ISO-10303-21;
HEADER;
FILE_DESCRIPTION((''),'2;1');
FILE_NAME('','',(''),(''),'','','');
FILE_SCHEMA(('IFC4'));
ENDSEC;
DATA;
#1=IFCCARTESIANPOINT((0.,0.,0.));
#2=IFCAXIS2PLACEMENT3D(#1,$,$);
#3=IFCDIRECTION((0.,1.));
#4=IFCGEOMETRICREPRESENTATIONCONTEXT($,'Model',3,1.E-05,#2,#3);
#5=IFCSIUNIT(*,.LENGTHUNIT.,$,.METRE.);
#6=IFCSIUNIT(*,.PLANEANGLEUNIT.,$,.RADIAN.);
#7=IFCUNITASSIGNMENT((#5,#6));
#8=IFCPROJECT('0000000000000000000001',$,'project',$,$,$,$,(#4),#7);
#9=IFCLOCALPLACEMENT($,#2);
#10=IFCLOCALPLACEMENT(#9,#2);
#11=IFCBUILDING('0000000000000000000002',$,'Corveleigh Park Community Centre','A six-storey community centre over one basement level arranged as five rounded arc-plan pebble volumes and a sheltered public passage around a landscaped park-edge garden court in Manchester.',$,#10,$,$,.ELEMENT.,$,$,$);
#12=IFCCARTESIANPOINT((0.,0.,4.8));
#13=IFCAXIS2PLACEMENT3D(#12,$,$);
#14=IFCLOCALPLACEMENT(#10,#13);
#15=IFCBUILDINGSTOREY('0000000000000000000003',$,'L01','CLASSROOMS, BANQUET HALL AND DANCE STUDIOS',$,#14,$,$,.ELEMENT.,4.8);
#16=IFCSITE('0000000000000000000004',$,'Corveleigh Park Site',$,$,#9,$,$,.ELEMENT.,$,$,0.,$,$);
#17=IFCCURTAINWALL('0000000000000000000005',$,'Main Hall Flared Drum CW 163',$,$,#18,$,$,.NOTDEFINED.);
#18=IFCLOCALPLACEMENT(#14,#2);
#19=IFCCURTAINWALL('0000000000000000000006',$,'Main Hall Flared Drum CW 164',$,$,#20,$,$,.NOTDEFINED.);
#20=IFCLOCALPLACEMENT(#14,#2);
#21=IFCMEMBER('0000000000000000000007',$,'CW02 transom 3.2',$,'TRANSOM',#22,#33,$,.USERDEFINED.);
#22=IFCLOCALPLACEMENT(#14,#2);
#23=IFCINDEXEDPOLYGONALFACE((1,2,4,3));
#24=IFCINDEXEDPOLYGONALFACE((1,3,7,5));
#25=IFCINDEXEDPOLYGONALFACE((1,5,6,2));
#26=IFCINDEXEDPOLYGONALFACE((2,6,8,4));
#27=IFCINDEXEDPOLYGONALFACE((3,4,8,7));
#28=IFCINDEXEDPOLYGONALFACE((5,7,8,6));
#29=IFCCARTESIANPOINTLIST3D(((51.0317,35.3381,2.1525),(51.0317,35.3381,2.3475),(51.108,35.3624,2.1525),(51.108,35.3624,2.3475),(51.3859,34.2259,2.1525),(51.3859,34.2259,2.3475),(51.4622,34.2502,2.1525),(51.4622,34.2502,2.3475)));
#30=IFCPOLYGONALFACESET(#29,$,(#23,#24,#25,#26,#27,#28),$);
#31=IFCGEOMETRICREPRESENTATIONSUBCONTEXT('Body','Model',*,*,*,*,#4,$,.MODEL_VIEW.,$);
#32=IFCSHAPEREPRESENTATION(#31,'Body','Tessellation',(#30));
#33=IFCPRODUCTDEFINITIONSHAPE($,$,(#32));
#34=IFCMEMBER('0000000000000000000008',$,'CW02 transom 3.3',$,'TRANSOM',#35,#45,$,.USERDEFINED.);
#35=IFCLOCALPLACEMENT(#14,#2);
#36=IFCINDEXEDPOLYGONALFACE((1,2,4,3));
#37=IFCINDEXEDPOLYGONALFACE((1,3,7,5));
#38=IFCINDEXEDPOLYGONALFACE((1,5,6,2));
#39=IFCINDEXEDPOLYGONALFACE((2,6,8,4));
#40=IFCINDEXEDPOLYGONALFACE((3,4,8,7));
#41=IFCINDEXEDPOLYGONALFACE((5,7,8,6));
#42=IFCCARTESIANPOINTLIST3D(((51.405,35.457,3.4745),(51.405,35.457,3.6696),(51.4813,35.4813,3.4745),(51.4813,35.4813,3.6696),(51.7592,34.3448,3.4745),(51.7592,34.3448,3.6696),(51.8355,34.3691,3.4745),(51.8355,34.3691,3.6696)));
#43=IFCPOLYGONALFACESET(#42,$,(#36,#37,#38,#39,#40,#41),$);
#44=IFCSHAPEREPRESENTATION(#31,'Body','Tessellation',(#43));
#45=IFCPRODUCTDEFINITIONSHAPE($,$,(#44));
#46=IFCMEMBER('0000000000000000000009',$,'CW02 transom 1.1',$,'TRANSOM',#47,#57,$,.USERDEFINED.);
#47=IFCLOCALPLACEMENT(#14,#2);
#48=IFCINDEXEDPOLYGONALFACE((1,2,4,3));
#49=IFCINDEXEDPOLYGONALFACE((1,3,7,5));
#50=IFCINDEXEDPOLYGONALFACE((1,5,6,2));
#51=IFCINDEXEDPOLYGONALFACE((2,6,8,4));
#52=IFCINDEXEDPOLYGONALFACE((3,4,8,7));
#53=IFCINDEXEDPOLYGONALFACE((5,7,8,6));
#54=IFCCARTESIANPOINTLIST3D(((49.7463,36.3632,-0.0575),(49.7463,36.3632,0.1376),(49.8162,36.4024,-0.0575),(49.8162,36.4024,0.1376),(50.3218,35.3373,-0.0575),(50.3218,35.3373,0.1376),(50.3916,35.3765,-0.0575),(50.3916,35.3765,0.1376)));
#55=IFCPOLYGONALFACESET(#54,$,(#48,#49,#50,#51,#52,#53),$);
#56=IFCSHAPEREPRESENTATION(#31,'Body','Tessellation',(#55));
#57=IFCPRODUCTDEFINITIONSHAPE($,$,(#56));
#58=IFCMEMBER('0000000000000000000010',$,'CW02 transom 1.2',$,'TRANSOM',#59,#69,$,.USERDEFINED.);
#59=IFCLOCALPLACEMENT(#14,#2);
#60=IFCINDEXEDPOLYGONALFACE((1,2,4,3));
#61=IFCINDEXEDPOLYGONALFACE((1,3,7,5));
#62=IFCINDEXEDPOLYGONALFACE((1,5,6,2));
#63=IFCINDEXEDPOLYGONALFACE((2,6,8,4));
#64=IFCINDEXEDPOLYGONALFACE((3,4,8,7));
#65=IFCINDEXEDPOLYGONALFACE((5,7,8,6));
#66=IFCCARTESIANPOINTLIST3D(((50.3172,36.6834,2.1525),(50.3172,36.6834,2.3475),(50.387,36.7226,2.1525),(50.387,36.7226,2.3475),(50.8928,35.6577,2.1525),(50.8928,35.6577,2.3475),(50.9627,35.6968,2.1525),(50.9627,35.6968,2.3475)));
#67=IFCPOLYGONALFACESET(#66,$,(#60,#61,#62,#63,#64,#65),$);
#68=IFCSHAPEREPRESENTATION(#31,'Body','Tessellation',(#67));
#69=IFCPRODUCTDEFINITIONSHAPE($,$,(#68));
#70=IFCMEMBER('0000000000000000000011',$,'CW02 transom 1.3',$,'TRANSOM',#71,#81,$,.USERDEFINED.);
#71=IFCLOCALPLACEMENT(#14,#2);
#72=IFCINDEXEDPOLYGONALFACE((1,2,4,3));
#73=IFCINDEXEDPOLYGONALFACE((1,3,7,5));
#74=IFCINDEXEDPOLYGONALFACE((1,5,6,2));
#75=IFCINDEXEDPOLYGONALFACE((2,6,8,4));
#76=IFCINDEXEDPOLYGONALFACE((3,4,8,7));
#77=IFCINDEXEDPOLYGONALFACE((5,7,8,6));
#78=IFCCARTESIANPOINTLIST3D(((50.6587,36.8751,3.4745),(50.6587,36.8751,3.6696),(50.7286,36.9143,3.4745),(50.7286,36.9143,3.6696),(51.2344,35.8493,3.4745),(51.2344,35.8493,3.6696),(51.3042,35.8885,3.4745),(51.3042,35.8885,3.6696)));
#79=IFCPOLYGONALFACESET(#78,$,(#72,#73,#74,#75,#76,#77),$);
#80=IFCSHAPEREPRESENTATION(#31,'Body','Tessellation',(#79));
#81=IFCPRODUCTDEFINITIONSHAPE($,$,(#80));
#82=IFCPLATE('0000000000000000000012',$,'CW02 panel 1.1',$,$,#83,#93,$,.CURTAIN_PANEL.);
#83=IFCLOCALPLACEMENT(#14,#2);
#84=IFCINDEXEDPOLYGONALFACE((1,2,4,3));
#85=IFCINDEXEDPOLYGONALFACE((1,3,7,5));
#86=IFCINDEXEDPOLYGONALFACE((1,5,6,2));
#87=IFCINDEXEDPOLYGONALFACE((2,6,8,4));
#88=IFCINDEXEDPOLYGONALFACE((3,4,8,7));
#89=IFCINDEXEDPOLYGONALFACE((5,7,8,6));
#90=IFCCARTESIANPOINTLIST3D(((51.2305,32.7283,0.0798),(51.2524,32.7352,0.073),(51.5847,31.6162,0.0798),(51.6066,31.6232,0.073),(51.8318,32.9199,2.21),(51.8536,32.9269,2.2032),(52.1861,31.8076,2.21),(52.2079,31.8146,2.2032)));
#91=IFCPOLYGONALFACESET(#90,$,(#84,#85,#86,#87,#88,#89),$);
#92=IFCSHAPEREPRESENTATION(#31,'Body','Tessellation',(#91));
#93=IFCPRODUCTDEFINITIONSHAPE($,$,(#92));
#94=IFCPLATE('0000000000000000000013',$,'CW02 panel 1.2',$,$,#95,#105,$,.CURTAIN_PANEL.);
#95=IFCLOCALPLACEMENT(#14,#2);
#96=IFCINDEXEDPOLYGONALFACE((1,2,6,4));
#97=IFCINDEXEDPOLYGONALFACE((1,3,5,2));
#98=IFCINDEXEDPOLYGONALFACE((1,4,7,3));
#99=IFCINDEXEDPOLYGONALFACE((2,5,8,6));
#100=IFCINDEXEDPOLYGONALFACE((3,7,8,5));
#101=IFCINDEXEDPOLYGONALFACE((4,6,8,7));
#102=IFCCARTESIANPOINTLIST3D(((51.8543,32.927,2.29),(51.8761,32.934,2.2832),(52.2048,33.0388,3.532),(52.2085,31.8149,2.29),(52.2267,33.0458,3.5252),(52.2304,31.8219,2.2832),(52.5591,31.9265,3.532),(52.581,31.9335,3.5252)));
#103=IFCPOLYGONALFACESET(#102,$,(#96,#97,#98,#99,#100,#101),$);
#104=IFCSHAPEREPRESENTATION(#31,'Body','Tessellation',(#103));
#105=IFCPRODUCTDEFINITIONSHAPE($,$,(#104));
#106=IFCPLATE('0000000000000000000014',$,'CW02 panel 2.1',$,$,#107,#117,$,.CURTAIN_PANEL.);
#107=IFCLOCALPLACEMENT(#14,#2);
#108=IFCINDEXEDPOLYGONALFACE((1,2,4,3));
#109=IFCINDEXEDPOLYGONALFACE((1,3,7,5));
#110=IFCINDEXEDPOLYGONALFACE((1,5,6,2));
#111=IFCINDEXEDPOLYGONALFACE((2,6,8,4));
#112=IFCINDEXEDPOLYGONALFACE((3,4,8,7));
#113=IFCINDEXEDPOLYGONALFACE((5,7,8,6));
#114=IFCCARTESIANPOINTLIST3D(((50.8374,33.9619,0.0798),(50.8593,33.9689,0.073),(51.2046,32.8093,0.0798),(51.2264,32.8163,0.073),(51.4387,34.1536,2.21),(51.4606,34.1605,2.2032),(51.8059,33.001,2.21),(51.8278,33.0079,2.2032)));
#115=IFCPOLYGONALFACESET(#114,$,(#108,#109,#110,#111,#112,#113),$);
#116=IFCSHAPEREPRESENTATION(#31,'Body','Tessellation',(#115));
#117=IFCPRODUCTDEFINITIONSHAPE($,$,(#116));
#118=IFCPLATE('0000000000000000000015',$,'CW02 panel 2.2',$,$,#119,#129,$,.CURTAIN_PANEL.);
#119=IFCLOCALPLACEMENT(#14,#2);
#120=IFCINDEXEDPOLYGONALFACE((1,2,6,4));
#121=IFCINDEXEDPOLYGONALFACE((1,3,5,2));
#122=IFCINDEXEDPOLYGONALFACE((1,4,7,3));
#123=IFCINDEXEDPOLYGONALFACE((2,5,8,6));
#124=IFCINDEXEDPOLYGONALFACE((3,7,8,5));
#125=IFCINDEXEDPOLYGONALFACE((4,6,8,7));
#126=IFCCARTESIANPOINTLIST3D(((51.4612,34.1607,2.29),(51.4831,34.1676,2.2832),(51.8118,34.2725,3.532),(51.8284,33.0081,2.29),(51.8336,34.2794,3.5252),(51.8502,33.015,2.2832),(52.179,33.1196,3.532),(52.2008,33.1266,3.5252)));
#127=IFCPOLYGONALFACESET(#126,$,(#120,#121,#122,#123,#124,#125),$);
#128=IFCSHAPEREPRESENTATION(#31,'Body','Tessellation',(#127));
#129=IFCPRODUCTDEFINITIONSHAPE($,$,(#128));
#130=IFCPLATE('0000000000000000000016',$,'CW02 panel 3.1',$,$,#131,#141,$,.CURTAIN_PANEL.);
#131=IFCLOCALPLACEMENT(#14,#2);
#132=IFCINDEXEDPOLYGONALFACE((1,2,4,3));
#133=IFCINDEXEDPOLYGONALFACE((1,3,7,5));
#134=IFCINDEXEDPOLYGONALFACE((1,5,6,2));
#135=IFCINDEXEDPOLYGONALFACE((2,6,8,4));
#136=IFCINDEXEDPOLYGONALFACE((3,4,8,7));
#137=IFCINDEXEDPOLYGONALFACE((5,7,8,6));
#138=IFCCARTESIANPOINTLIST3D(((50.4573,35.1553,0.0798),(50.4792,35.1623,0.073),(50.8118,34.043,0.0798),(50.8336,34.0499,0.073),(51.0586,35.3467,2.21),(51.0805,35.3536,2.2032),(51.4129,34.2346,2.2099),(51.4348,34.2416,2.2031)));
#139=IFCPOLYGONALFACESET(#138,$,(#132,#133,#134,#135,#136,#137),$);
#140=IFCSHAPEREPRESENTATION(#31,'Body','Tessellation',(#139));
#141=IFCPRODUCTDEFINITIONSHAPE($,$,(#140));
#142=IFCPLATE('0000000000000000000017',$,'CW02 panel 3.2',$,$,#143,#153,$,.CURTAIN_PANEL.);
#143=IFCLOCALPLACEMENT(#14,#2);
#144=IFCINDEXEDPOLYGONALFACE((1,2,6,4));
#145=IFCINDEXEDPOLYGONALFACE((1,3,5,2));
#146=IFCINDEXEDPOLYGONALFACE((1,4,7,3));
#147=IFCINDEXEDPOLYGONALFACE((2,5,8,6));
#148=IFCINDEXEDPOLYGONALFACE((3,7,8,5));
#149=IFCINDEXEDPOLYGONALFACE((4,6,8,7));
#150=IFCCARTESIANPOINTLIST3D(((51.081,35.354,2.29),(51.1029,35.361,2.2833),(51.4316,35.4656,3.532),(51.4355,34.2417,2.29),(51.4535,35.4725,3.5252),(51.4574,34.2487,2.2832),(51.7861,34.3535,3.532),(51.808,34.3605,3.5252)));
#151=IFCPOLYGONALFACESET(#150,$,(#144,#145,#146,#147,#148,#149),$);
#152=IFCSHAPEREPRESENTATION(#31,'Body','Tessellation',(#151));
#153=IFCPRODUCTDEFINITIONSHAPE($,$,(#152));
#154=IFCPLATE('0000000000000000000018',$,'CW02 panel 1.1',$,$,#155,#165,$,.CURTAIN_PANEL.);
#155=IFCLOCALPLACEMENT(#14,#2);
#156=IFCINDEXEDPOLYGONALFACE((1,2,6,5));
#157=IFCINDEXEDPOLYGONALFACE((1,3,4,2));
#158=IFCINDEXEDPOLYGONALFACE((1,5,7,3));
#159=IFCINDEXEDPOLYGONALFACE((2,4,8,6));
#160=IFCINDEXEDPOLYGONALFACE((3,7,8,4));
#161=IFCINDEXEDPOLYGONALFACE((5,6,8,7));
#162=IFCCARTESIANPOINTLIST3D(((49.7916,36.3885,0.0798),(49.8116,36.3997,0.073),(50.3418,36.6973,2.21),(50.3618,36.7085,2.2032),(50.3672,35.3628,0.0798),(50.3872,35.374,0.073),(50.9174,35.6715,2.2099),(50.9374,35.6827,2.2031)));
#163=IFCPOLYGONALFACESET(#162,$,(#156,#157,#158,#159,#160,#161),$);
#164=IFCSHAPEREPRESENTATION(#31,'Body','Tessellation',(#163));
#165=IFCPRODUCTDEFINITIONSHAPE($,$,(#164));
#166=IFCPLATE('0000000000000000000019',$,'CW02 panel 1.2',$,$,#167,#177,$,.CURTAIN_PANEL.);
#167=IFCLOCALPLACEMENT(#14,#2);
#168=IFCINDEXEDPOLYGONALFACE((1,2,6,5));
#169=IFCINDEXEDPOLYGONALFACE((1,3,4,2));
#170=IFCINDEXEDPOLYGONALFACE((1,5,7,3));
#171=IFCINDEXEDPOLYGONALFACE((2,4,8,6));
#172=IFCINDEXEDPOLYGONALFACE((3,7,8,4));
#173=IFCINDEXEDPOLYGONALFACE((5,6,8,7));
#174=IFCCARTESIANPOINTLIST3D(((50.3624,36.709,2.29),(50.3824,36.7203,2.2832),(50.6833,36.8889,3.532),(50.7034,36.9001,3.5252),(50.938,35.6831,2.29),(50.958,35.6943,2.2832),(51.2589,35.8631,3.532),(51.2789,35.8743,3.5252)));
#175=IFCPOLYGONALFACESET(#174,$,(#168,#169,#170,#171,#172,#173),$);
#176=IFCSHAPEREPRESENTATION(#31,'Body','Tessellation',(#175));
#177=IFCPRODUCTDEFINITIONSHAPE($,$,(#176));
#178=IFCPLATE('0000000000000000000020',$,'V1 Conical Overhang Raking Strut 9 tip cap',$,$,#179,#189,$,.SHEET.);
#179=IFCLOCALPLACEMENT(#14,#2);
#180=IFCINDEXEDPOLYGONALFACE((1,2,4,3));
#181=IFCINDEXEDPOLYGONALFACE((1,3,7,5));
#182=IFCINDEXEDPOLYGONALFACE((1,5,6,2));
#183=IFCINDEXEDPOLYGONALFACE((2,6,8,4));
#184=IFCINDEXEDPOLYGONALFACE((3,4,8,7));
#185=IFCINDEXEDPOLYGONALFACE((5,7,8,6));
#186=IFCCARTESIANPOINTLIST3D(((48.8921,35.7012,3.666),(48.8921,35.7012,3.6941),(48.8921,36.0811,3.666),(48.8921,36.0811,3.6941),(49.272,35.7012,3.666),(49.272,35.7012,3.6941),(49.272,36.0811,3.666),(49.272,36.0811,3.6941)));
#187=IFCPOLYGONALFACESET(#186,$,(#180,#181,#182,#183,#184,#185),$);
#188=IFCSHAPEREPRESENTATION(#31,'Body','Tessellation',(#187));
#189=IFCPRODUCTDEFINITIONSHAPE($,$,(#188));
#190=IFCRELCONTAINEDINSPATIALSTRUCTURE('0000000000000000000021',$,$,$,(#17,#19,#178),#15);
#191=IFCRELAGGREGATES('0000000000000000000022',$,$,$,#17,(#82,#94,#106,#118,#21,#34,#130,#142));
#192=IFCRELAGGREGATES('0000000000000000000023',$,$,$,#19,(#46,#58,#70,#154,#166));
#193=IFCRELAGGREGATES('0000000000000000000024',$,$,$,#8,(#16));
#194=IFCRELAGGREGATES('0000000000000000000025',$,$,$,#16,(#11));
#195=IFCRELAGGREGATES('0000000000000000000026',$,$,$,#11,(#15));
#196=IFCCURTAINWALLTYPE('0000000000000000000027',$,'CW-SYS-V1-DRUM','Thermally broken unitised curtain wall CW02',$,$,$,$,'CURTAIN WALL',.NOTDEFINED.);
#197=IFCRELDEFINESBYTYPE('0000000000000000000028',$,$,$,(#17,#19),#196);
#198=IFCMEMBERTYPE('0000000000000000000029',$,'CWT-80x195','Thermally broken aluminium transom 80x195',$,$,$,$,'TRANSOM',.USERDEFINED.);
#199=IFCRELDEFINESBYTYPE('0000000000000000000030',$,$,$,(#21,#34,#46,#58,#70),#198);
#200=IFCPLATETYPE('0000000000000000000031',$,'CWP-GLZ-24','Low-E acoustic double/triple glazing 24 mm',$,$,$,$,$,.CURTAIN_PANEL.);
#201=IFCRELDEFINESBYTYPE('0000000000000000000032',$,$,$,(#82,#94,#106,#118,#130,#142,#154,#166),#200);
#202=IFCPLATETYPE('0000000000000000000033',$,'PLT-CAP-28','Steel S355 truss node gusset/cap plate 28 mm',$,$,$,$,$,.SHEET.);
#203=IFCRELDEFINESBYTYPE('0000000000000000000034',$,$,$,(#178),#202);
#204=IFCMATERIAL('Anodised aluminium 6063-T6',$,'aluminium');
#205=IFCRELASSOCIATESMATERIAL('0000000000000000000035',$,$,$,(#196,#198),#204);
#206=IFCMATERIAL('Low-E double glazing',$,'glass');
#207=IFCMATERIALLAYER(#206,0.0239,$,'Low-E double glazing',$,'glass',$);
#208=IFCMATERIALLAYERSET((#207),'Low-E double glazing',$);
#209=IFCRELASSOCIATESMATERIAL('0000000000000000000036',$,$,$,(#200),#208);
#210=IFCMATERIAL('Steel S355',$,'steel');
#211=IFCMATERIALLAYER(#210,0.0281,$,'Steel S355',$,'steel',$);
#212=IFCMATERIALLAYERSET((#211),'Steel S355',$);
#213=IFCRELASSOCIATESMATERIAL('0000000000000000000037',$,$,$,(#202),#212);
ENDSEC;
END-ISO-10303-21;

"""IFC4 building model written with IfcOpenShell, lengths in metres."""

from ifc_helpers import new_model, si_unit, direction, frame, origin, origin_2d, place, context, subcontext, project, spatial, polyline, rectangle, outline, extrude, material, layer, layer_set, material_profile, profile_set, type_object, element, aggregate, save


model = new_model("IFC4")

# Units and contexts
model_context = context("Model", 3, precision=1e-05, world=origin(), true_north=direction((0.0, 1.0)))
body_context = subcontext(model_context, "Body", "Model", "MODEL_VIEW")
ifc_project = project(units=[si_unit("LENGTHUNIT", "METRE"), si_unit("PLANEANGLEUNIT", "RADIAN")], contexts=[model_context])

# Site, building, storey
site_placement = place(None, origin())
site = spatial("IfcSite", under=ifc_project, at=site_placement, Name="Corveleigh Park Site", CompositionType="ELEMENT", RefElevation=0.0)
building_placement = place(site_placement, origin())
building = spatial("IfcBuilding", under=site, at=building_placement, Name="Corveleigh Park Community Centre", Description="A six-storey community centre over one basement level arranged as five rounded arc-plan pebble volumes and a sheltered public passage around a landscaped park-edge garden court in Manchester.", CompositionType="ELEMENT")
storey_placement = place(building_placement, frame((0.0, 0.0, 4.8)))
storey = spatial("IfcBuildingStorey", under=building, at=storey_placement, Name="L01", Description="CLASSROOMS, BANQUET HALL AND DANCE STUDIOS", CompositionType="ELEMENT", Elevation=4.8)

# Shared definitions
ifc_material_1 = material(Name="Anodised aluminium 6063-T6", Category="aluminium")
curtain_wall_type = type_object("IfcCurtainWallType", Name="CW-SYS-V1-DRUM", Description="Thermally broken unitised curtain wall CW02", ElementType="CURTAIN WALL", PredefinedType="NOTDEFINED", material=ifc_material_1)

# Curtain walls
curtain_wall_1_placement = place(storey_placement, origin())
curtain_wall_1 = element("IfcCurtainWall", 1, at=curtain_wall_1_placement, inside=storey, type_object=curtain_wall_type, Name="Main Hall Flared Drum CW 163", PredefinedType="NOTDEFINED")
curtain_wall_2_placement = place(storey_placement, origin())
curtain_wall_2 = element("IfcCurtainWall", 2, at=curtain_wall_2_placement, inside=storey, type_object=curtain_wall_type, Name="Main Hall Flared Drum CW 164", PredefinedType="NOTDEFINED")

# Members
ifc_material_profile_1 = material_profile(ifc_material_1, rectangle(XDim=0.0801, YDim=0.1951, at=origin_2d()), Name="ALU-T80x195", Category="aluminium")
ifc_profile_set_1 = profile_set([ifc_material_profile_1], Name="Anodised aluminium 6063-T6")
member_type_1 = type_object("IfcMemberType", Name="CWT-80x195", Description="Thermally broken aluminium transom 80x195", ElementType="TRANSOM", PredefinedType="USERDEFINED", material=ifc_profile_set_1)
member_1_placement = place(storey_placement, frame((51.4241, 34.238, 2.25), z_axis=(-0.303463, 0.952843, 0.0), x_axis=(-0.952843, -0.303463, 0.0)))
member_1 = element("IfcMember", 3, at=member_1_placement, type_object=member_type_1, Name="CW02 transom 3.2", ObjectType="TRANSOM", PredefinedType="USERDEFINED", context=body_context, shape_type="SweptSolid", body=[
    extrude(rectangle(XDim=0.0801, YDim=0.1951, at=origin_2d()), origin(), (0.0, 0.0, 1.0), 1.1672),
])
member_2_placement = place(storey_placement, frame((51.7974, 34.3569, 3.572), z_axis=(-0.303463, 0.952843, 0.0), x_axis=(-0.952843, -0.303463, 0.0)))
member_2 = element("IfcMember", 4, at=member_2_placement, type_object=member_type_1, Name="CW02 transom 3.3", ObjectType="TRANSOM", PredefinedType="USERDEFINED", context=body_context, shape_type="SweptSolid", body=[
    extrude(rectangle(XDim=0.0801, YDim=0.1951, at=origin_2d()), origin(), (0.0, 0.0, 1.0), 1.1672),
])
member_3_placement = place(storey_placement, frame((50.3567, 35.3569, 0.04), z_axis=(-0.489216, 0.872162, 0.0), x_axis=(-0.872162, -0.489216, 0.0)))
member_3 = element("IfcMember", 5, at=member_3_placement, type_object=member_type_1, Name="CW02 transom 1.1", ObjectType="TRANSOM", PredefinedType="USERDEFINED", context=body_context, shape_type="SweptSolid", body=[
    extrude(rectangle(XDim=0.0801, YDim=0.1951, at=origin_2d()), origin(), (0.0, 0.0, 1.0), 1.1763),
])
member_4_placement = place(storey_placement, frame((50.9277, 35.6772, 2.25), z_axis=(-0.489374, 0.872074, 0.0), x_axis=(-0.872074, -0.489374, 0.0)))
member_4 = element("IfcMember", 6, at=member_4_placement, type_object=member_type_1, Name="CW02 transom 1.2", ObjectType="TRANSOM", PredefinedType="USERDEFINED", context=body_context, shape_type="SweptSolid", body=[
    extrude(rectangle(XDim=0.0801, YDim=0.1951, at=origin_2d()), origin(), (0.0, 0.0, 1.0), 1.1763),
])
member_5_placement = place(storey_placement, frame((51.2693, 35.8689, 3.572), z_axis=(-0.489374, 0.872074, 0.0), x_axis=(-0.872074, -0.489374, 0.0)))
member_5 = element("IfcMember", 7, at=member_5_placement, type_object=member_type_1, Name="CW02 transom 1.3", ObjectType="TRANSOM", PredefinedType="USERDEFINED", context=body_context, shape_type="SweptSolid", body=[
    extrude(rectangle(XDim=0.0801, YDim=0.1951, at=origin_2d()), origin(), (0.0, 0.0, 1.0), 1.1763),
])

# Plates
ifc_material_2 = material(Name="Low-E double glazing", Category="glass")
ifc_layer_1 = layer(ifc_material_2, 0.0239, Name="Low-E double glazing", Category="glass")
ifc_layer_set_1 = layer_set([ifc_layer_1], Name="Low-E double glazing")
plate_type_1 = type_object("IfcPlateType", Name="CWP-GLZ-24", Description="Low-E acoustic double/triple glazing 24 mm", PredefinedType="CURTAIN_PANEL", material=ifc_layer_set_1)
plate_1_placement = place(storey_placement, frame((51.5847, 31.6162, 0.0798), z_axis=(-0.913583, -0.290991, 0.284061), x_axis=(-0.303495, 0.952833, -0.000009)))
plate_1 = element("IfcPlate", 8, at=plate_1_placement, type_object=plate_type_1, Name="CW02 panel 1.1", PredefinedType="CURTAIN_PANEL", context=body_context, shape_type="SweptSolid", body=[
    extrude(outline(polyline([(0.0, 0.0), (1.1671, 0.0), (1.1672, -2.2217), (-0.0001, -2.2216), (0.0, 0.0)])), origin(), (0.0, 0.0, -1.0), 0.0239),
])
plate_2_placement = place(storey_placement, frame((52.2085, 31.8149, 2.29), z_axis=(-0.913582, -0.290991, 0.284064), x_axis=(-0.303495, 0.952833, -0.000009)))
plate_2 = element("IfcPlate", 9, at=plate_2_placement, type_object=plate_type_1, Name="CW02 panel 1.2", PredefinedType="CURTAIN_PANEL", context=body_context, shape_type="SweptSolid", body=[
    extrude(outline(polyline([(0.0, 0.0), (1.1671, 0.0), (1.1673, -1.2953), (-0.0001, -1.2953), (0.0, 0.0)])), origin(), (0.0, 0.0, -1.0), 0.0239),
])
plate_3_placement = place(storey_placement, frame((51.2046, 32.8093, 0.0798), z_axis=(-0.913562, -0.29104, 0.284077), x_axis=(-0.303545, 0.952817, 0.0)))
plate_3 = element("IfcPlate", 10, at=plate_3_placement, type_object=plate_type_1, Name="CW02 panel 2.1", PredefinedType="CURTAIN_PANEL", context=body_context, shape_type="SweptSolid", body=[
    extrude(outline(polyline([(0.0, 0.0), (1.2097, 0.0), (1.2097, -2.2217), (0.0001, -2.2217), (0.0, 0.0)])), origin(), (0.0, 0.0, -1.0), 0.0239),
])
plate_4_placement = place(storey_placement, frame((51.8284, 33.0081, 2.29), z_axis=(-0.913575, -0.291013, 0.284064), x_axis=(-0.303518, 0.952826, -0.000008)))
plate_4 = element("IfcPlate", 11, at=plate_4_placement, type_object=plate_type_1, Name="CW02 panel 2.2", PredefinedType="CURTAIN_PANEL", context=body_context, shape_type="SweptSolid", body=[
    extrude(outline(polyline([(0.0, 0.0), (1.2097, 0.0), (1.2098, -1.2953), (-0.0001, -1.2953), (0.0, 0.0)])), origin(), (0.0, 0.0, -1.0), 0.0239),
])
plate_5_placement = place(storey_placement, frame((50.8118, 34.043, 0.0798), z_axis=(-0.913567, -0.291086, 0.284013), x_axis=(-0.303593, 0.952802, -0.000018)))
plate_5 = element("IfcPlate", 12, at=plate_5_placement, type_object=plate_type_1, Name="CW02 panel 3.1", PredefinedType="CURTAIN_PANEL", context=body_context, shape_type="SweptSolid", body=[
    extrude(outline(polyline([(0.0, 0.0), (1.1674, 0.0), (1.1672, -2.2216), (0.0001, -2.2216), (0.0, 0.0)])), origin(), (0.0, 0.0, -1.0), 0.0239),
])
plate_6_placement = place(storey_placement, frame((51.4355, 34.2417, 2.29), z_axis=(-0.913524, -0.291173, 0.284064), x_axis=(-0.30368, 0.952774, 0.000009)))
plate_6 = element("IfcPlate", 13, at=plate_6_placement, type_object=plate_type_1, Name="CW02 panel 3.2", PredefinedType="CURTAIN_PANEL", context=body_context, shape_type="SweptSolid", body=[
    extrude(outline(polyline([(0.0, 0.0), (1.1674, 0.0), (1.1673, -1.2953), (0.0001, -1.2953), (0.0, 0.0)])), origin(), (0.0, 0.0, -1.0), 0.0239),
])
aggregate(curtain_wall_1, [plate_1, plate_2, plate_3, plate_4, member_1, member_2, plate_5, plate_6])
plate_7_placement = place(storey_placement, frame((50.3672, 35.3628, 0.0798), z_axis=(-0.836192, -0.469195, 0.283972), x_axis=(-0.489349, 0.872088, -0.000038)))
plate_7 = element("IfcPlate", 14, at=plate_7_placement, type_object=plate_type_1, Name="CW02 panel 1.1", PredefinedType="CURTAIN_PANEL", context=body_context, shape_type="SweptSolid", body=[
    extrude(outline(polyline([(0.0, 0.0), (1.1762, 0.0), (1.1761, -2.2216), (-0.0001, -2.2215), (0.0, 0.0)])), origin(), (0.0, 0.0, -1.0), 0.0239),
])
plate_8_placement = place(storey_placement, frame((50.938, 35.6831, 2.29), z_axis=(-0.836196, -0.469142, 0.284045), x_axis=(-0.489302, 0.872115, -0.000025)))
plate_8 = element("IfcPlate", 15, at=plate_8_placement, type_object=plate_type_1, Name="CW02 panel 1.2", PredefinedType="CURTAIN_PANEL", context=body_context, shape_type="SweptSolid", body=[
    extrude(outline(polyline([(0.0, 0.0), (1.1764, 0.0), (1.1762, -1.2953), (-0.0001, -1.2953), (0.0, 0.0)])), origin(), (0.0, 0.0, -1.0), 0.0239),
])
aggregate(curtain_wall_2, [member_3, member_4, member_5, plate_7, plate_8])
ifc_material_3 = material(Name="Steel S355", Category="steel")
ifc_layer_2 = layer(ifc_material_3, 0.0281, Name="Steel S355", Category="steel")
ifc_layer_set_2 = layer_set([ifc_layer_2], Name="Steel S355")
plate_type_2 = type_object("IfcPlateType", Name="PLT-CAP-28", Description="Steel S355 truss node gusset/cap plate 28 mm", PredefinedType="SHEET", material=ifc_layer_set_2)
plate_9_placement = place(storey_placement, frame((49.082, 35.8911, 3.666), z_axis=(0.0, 0.0, 1.0), x_axis=(1.0, 0.0, 0.0)))
element("IfcPlate", 16, at=plate_9_placement, inside=storey, type_object=plate_type_2, Name="V1 Conical Overhang Raking Strut 9 tip cap", PredefinedType="SHEET", context=body_context, shape_type="SweptSolid", body=[
    extrude(rectangle(XDim=0.3799, YDim=0.3799, at=origin_2d()), origin(), (0.0, 0.0, 1.0), 0.0281),
])

save(model, "model.ifc")
